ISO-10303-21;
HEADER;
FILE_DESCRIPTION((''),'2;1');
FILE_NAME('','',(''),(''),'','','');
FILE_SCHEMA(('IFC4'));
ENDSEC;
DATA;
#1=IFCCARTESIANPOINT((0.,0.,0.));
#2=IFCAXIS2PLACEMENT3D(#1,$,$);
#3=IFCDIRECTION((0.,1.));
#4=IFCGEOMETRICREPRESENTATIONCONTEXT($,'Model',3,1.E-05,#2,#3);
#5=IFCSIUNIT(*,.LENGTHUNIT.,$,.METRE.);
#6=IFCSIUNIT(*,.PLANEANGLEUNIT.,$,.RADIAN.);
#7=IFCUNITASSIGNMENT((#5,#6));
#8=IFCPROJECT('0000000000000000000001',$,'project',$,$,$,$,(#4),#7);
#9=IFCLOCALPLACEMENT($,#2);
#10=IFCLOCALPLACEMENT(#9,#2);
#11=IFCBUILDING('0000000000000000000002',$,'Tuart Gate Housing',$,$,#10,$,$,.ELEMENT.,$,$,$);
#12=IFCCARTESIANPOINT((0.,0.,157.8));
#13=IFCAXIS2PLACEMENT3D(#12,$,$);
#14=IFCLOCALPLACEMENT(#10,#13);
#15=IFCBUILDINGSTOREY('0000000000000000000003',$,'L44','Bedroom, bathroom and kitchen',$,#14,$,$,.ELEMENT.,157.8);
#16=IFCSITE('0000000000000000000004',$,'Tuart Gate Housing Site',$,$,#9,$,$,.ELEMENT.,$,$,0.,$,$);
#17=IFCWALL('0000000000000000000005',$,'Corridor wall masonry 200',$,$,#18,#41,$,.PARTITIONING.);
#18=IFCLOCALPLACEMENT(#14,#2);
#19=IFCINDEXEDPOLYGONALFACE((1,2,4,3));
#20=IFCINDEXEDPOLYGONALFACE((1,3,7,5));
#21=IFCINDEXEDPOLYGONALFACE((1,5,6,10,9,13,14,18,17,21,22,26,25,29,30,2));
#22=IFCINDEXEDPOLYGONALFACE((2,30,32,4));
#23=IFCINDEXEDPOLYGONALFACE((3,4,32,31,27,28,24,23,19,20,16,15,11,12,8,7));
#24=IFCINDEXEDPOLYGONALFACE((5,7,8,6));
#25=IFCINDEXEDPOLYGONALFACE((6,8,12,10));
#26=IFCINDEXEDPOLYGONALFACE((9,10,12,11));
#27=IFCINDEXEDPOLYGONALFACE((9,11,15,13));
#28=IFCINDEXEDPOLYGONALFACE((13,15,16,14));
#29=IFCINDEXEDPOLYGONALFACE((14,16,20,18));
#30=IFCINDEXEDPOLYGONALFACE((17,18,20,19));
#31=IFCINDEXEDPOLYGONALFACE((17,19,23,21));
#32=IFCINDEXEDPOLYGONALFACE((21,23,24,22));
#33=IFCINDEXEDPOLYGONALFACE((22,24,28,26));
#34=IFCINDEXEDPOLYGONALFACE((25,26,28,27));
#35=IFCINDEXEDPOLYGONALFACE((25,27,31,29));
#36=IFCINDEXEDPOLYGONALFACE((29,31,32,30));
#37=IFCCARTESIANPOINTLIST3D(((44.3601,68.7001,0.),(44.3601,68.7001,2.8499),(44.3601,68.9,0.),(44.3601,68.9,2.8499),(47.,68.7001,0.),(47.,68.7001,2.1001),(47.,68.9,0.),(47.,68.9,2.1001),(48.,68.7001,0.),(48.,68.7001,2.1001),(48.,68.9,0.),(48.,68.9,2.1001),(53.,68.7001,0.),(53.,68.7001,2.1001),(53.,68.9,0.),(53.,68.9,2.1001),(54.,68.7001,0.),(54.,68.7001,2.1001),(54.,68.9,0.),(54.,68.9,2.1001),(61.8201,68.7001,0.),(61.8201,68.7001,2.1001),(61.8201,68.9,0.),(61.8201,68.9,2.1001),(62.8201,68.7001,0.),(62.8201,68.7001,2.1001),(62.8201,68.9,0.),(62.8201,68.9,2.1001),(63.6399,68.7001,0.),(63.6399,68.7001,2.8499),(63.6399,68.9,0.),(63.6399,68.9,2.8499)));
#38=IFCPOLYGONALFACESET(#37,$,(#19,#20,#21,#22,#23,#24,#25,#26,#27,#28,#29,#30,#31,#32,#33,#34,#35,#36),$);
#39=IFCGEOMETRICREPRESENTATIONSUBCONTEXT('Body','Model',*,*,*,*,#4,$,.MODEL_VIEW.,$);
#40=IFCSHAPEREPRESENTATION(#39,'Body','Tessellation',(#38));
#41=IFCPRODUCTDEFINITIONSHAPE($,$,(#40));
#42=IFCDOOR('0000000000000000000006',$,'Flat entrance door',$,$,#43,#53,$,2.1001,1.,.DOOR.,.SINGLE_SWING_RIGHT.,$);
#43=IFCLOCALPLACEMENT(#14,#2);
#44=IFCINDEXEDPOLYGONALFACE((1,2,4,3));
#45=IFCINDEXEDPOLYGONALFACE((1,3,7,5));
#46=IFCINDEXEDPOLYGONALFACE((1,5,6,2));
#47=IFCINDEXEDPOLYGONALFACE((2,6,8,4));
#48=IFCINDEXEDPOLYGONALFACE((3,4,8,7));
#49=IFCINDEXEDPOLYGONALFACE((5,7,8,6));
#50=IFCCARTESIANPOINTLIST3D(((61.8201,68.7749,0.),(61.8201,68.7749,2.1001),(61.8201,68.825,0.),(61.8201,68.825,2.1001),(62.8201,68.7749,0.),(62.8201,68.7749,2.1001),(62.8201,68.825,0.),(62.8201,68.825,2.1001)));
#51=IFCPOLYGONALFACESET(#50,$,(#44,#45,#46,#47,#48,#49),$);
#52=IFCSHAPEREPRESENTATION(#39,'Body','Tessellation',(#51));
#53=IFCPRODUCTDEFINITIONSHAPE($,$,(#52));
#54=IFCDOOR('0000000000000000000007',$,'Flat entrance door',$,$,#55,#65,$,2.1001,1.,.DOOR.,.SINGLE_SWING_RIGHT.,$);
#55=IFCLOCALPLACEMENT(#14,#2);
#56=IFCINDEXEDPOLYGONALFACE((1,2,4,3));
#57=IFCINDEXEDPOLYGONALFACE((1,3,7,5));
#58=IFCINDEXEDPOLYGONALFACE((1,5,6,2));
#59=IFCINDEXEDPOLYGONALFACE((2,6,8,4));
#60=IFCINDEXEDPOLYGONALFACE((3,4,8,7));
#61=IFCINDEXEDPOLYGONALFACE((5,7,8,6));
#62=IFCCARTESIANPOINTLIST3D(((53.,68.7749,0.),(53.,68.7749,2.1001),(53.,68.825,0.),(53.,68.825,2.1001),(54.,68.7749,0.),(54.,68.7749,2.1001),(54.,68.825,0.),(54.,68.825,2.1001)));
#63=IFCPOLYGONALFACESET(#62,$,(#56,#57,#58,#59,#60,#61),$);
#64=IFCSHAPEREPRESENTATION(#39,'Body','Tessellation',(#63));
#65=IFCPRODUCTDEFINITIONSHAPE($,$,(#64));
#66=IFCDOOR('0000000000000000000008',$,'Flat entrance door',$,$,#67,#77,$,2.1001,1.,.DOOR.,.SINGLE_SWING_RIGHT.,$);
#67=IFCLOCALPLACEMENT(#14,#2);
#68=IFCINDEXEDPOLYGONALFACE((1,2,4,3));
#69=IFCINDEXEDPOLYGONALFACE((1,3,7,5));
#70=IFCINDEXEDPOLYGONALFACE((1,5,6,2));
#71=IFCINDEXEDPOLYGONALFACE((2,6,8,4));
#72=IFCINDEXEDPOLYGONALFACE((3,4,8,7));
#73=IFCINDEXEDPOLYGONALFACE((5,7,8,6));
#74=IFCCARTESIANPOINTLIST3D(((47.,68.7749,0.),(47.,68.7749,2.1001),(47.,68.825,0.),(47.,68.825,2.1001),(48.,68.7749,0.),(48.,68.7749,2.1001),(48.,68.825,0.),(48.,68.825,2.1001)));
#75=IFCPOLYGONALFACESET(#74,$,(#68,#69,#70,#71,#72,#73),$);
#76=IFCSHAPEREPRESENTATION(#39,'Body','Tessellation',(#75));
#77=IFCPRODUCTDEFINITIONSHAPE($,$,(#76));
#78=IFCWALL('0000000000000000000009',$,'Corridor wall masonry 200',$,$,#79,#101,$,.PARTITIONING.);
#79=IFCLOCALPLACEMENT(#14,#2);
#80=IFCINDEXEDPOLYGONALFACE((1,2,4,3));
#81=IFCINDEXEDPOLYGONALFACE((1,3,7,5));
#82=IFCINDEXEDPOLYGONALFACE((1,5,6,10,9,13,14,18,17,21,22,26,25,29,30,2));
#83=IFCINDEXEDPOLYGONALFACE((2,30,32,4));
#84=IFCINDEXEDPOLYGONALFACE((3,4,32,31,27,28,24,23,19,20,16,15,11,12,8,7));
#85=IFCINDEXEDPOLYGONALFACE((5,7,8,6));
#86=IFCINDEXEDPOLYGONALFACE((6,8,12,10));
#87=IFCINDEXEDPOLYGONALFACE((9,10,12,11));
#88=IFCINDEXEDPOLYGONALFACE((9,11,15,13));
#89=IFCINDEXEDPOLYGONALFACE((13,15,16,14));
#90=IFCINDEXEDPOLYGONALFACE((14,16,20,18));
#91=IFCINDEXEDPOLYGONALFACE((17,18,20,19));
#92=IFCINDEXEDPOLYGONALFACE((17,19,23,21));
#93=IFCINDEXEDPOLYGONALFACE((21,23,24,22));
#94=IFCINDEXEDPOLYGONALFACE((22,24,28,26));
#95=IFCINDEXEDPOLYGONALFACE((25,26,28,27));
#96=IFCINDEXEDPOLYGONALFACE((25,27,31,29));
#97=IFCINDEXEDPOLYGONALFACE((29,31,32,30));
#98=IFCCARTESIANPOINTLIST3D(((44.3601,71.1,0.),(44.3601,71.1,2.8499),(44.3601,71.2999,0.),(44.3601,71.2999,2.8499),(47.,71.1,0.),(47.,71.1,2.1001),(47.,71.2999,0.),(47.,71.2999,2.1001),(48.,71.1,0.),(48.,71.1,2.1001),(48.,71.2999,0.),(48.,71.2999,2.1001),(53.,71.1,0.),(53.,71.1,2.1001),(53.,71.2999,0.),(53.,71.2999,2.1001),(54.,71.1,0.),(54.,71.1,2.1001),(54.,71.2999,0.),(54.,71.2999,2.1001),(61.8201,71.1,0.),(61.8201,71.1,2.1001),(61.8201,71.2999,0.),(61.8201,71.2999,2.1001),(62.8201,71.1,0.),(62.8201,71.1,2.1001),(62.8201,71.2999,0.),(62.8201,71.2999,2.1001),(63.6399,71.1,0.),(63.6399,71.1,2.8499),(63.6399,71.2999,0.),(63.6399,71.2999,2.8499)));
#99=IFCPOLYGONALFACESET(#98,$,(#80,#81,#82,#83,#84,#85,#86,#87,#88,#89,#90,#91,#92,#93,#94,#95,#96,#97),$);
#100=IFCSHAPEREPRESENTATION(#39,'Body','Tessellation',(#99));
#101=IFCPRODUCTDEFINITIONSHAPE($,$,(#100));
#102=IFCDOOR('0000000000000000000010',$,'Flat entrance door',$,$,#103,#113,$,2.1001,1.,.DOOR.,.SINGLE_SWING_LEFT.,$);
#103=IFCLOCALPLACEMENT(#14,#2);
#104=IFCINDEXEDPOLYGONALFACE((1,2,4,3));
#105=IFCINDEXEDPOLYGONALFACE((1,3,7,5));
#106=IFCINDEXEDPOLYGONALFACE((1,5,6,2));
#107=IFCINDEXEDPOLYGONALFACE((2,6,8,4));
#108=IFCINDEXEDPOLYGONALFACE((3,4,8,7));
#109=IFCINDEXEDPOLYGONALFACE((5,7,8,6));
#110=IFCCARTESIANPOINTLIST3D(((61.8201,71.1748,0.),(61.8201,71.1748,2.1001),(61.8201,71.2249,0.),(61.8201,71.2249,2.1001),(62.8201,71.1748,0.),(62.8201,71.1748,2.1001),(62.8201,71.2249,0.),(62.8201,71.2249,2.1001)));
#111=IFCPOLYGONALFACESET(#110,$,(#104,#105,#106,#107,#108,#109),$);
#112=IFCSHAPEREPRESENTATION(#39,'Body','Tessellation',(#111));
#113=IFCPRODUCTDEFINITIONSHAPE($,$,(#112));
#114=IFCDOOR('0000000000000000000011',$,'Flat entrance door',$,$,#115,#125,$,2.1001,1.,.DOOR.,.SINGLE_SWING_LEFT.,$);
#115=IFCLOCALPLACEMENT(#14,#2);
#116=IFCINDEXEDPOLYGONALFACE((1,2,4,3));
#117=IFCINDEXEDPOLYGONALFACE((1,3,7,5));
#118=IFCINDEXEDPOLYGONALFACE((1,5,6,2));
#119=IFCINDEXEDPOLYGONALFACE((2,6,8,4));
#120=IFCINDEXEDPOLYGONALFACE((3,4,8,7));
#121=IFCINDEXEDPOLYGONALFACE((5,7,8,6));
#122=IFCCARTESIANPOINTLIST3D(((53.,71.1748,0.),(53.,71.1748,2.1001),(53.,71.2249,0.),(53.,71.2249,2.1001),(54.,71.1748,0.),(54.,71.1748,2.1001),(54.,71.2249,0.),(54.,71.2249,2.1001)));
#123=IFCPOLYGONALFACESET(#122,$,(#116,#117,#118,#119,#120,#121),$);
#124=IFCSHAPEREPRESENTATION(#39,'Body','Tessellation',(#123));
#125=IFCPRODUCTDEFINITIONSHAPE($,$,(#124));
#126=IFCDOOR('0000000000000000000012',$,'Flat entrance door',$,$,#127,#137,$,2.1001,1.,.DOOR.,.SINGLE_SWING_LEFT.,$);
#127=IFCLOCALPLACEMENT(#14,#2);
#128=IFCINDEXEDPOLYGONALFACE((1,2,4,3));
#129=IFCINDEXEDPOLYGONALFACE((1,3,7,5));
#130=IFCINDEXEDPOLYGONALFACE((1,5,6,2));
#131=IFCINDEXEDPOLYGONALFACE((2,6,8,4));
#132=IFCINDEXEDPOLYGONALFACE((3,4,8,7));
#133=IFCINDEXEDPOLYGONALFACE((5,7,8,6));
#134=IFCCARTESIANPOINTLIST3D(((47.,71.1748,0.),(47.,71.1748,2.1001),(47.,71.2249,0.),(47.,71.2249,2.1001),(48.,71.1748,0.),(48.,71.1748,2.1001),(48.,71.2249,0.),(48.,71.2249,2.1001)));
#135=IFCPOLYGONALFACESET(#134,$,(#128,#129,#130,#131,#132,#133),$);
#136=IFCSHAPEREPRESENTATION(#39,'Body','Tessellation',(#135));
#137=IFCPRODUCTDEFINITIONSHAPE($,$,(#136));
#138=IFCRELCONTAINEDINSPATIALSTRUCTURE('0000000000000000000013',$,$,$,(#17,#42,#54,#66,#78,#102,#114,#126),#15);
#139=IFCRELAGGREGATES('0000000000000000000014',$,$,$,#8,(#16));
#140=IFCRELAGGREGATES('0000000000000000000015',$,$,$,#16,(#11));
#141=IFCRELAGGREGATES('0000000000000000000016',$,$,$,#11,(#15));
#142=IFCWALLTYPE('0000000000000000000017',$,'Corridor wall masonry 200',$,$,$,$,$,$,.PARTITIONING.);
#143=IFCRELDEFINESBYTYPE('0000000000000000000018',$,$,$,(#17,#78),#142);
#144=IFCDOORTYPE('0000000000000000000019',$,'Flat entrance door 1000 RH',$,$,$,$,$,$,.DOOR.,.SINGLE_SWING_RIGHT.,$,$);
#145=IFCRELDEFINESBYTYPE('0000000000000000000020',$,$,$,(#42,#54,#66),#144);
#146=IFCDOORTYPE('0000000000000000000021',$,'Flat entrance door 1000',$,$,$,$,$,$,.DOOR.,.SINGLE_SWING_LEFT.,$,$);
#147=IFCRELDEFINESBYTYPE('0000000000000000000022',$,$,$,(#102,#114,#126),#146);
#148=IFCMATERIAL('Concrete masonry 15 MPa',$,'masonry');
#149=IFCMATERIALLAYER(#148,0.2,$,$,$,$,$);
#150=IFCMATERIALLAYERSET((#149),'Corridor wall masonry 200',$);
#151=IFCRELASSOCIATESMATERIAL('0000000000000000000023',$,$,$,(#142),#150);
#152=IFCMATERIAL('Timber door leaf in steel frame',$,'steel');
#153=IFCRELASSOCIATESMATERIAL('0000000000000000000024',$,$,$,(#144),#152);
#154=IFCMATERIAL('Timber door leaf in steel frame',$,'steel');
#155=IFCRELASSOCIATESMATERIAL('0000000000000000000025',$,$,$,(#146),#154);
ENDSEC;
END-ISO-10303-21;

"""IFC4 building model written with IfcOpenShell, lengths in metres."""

from ifc_helpers import new_model, si_unit, direction, frame, frame_2d, origin, place, context, subcontext, project, spatial, rectangle, extrude, material, layer, layer_set, type_object, element, fill, save


model = new_model("IFC4")

# Units and contexts
model_context = context("Model", 3, precision=1e-05, world=origin(), true_north=direction((0.0, 1.0)))
body_context = subcontext(model_context, "Body", "Model", "MODEL_VIEW")
ifc_project = project(units=[si_unit("LENGTHUNIT", "METRE"), si_unit("PLANEANGLEUNIT", "RADIAN")], contexts=[model_context])

# Site, building, storey
site_placement = place(None, origin())
site = spatial("IfcSite", under=ifc_project, at=site_placement, Name="Tuart Gate Housing Site", CompositionType="ELEMENT", RefElevation=0.0)
building_placement = place(site_placement, origin())
building = spatial("IfcBuilding", under=site, at=building_placement, Name="Tuart Gate Housing", CompositionType="ELEMENT")
storey_placement = place(building_placement, frame((0.0, 0.0, 157.8)))
storey = spatial("IfcBuildingStorey", under=building, at=storey_placement, Name="L44", Description="Bedroom, bathroom and kitchen", CompositionType="ELEMENT", Elevation=157.8)

# Walls, openings, doors
ifc_material_1 = material(Name="Concrete masonry 15 MPa", Category="masonry")
ifc_layer_1 = layer(ifc_material_1, 0.2)
ifc_layer_set_1 = layer_set([ifc_layer_1], Name="Corridor wall masonry 200")
wall_type_1 = type_object("IfcWallType", Name="Corridor wall masonry 200", PredefinedType="PARTITIONING", material=ifc_layer_set_1)
wall_1_placement = place(storey_placement, frame((44.3601, 68.8, 0.0), z_axis=(0.0, 0.0, 1.0), x_axis=(1.0, 0.0, 0.0)))
wall_1 = element("IfcWall", 1, at=wall_1_placement, inside=storey, type_object=wall_type_1, Name="Corridor wall masonry 200", PredefinedType="PARTITIONING", context=body_context, shape_type="SweptSolid", body=[
    extrude(rectangle(XDim=19.2798, YDim=0.2, at=frame_2d((9.6399, 0.0))), origin(), (0.0, 0.0, 1.0), 2.8499),
])
opening_1_placement = place(wall_1_placement, frame((17.46, 0.0, 0.0)))
opening_1 = element("IfcOpeningElement", 2, at=opening_1_placement, cuts=wall_1, PredefinedType="OPENING", context=body_context, shape_type="SweptSolid", body=[
    extrude(rectangle(XDim=1.0, YDim=2.1001, at=frame_2d((0.5, 1.05))), frame((0.0, 0.1099, 0.0), z_axis=(0.0, -1.0, 0.0), x_axis=(1.0, 0.0, 0.0)), (0.0, 0.0, 1.0), 0.22),
])
opening_2_placement = place(wall_1_placement, frame((8.6399, 0.0, 0.0)))
opening_2 = element("IfcOpeningElement", 3, at=opening_2_placement, cuts=wall_1, PredefinedType="OPENING", context=body_context, shape_type="SweptSolid", body=[
    extrude(rectangle(XDim=1.0, YDim=2.1001, at=frame_2d((0.5, 1.05))), frame((0.0, 0.1099, 0.0), z_axis=(0.0, -1.0, 0.0), x_axis=(1.0, 0.0, 0.0)), (0.0, 0.0, 1.0), 0.22),
])
opening_3_placement = place(wall_1_placement, frame((2.6399, 0.0, 0.0)))
opening_3 = element("IfcOpeningElement", 4, at=opening_3_placement, cuts=wall_1, PredefinedType="OPENING", context=body_context, shape_type="SweptSolid", body=[
    extrude(rectangle(XDim=1.0, YDim=2.1001, at=frame_2d((0.5, 1.05))), frame((0.0, 0.1099, 0.0), z_axis=(0.0, -1.0, 0.0), x_axis=(1.0, 0.0, 0.0)), (0.0, 0.0, 1.0), 0.22),
])
ifc_material_2 = material(Name="Timber door leaf in steel frame", Category="steel")
door_type_1 = type_object("IfcDoorType", Name="Flat entrance door 1000 RH", OperationType="SINGLE_SWING_RIGHT", PredefinedType="DOOR", material=ifc_material_2)
door_1_placement = place(opening_1_placement, frame((1.0, 0.0, 0.0), z_axis=(0.0, 0.0, 1.0), x_axis=(-1.0, 0.0, 0.0)))
door_1 = element("IfcDoor", 5, at=door_1_placement, inside=storey, type_object=door_type_1, Name="Flat entrance door", OperationType="SINGLE_SWING_RIGHT", OverallHeight=2.1001, OverallWidth=1.0, PredefinedType="DOOR", context=body_context, shape_type="SweptSolid", body=[
    extrude(rectangle(XDim=1.0, YDim=2.1001, at=frame_2d((0.5, 1.05))), frame((0.0, 0.0251, 0.0), z_axis=(0.0, -1.0, 0.0), x_axis=(1.0, 0.0, 0.0)), (0.0, 0.0, 1.0), 0.05),
])
fill(opening_1, door_1)
door_2_placement = place(opening_2_placement, frame((1.0, 0.0, 0.0), z_axis=(0.0, 0.0, 1.0), x_axis=(-1.0, 0.0, 0.0)))
door_2 = element("IfcDoor", 6, at=door_2_placement, inside=storey, type_object=door_type_1, Name="Flat entrance door", OperationType="SINGLE_SWING_RIGHT", OverallHeight=2.1001, OverallWidth=1.0, PredefinedType="DOOR", context=body_context, shape_type="SweptSolid", body=[
    extrude(rectangle(XDim=1.0, YDim=2.1001, at=frame_2d((0.5, 1.05))), frame((0.0, 0.0251, 0.0), z_axis=(0.0, -1.0, 0.0), x_axis=(1.0, 0.0, 0.0)), (0.0, 0.0, 1.0), 0.05),
])
fill(opening_2, door_2)
door_3_placement = place(opening_3_placement, frame((1.0, 0.0, 0.0), z_axis=(0.0, 0.0, 1.0), x_axis=(-1.0, 0.0, 0.0)))
door_3 = element("IfcDoor", 7, at=door_3_placement, inside=storey, type_object=door_type_1, Name="Flat entrance door", OperationType="SINGLE_SWING_RIGHT", OverallHeight=2.1001, OverallWidth=1.0, PredefinedType="DOOR", context=body_context, shape_type="SweptSolid", body=[
    extrude(rectangle(XDim=1.0, YDim=2.1001, at=frame_2d((0.5, 1.05))), frame((0.0, 0.0251, 0.0), z_axis=(0.0, -1.0, 0.0), x_axis=(1.0, 0.0, 0.0)), (0.0, 0.0, 1.0), 0.05),
])
fill(opening_3, door_3)
wall_2_placement = place(storey_placement, frame((44.3601, 71.2, 0.0), z_axis=(0.0, 0.0, 1.0), x_axis=(1.0, 0.0, 0.0)))
wall_2 = element("IfcWall", 8, at=wall_2_placement, inside=storey, type_object=wall_type_1, Name="Corridor wall masonry 200", PredefinedType="PARTITIONING", context=body_context, shape_type="SweptSolid", body=[
    extrude(rectangle(XDim=19.2798, YDim=0.2, at=frame_2d((9.6399, 0.0))), origin(), (0.0, 0.0, 1.0), 2.8499),
])
opening_4_placement = place(wall_2_placement, frame((17.46, 0.0, 0.0)))
opening_4 = element("IfcOpeningElement", 9, at=opening_4_placement, cuts=wall_2, PredefinedType="OPENING", context=body_context, shape_type="SweptSolid", body=[
    extrude(rectangle(XDim=1.0, YDim=2.1001, at=frame_2d((0.5, 1.05))), frame((0.0, 0.1099, 0.0), z_axis=(0.0, -1.0, 0.0), x_axis=(1.0, 0.0, 0.0)), (0.0, 0.0, 1.0), 0.22),
])
opening_5_placement = place(wall_2_placement, frame((8.6399, 0.0, 0.0)))
opening_5 = element("IfcOpeningElement", 10, at=opening_5_placement, cuts=wall_2, PredefinedType="OPENING", context=body_context, shape_type="SweptSolid", body=[
    extrude(rectangle(XDim=1.0, YDim=2.1001, at=frame_2d((0.5, 1.05))), frame((0.0, 0.1099, 0.0), z_axis=(0.0, -1.0, 0.0), x_axis=(1.0, 0.0, 0.0)), (0.0, 0.0, 1.0), 0.22),
])
opening_6_placement = place(wall_2_placement, frame((2.6399, 0.0, 0.0)))
opening_6 = element("IfcOpeningElement", 11, at=opening_6_placement, cuts=wall_2, PredefinedType="OPENING", context=body_context, shape_type="SweptSolid", body=[
    extrude(rectangle(XDim=1.0, YDim=2.1001, at=frame_2d((0.5, 1.05))), frame((0.0, 0.1099, 0.0), z_axis=(0.0, -1.0, 0.0), x_axis=(1.0, 0.0, 0.0)), (0.0, 0.0, 1.0), 0.22),
])
ifc_material_3 = material(Name="Timber door leaf in steel frame", Category="steel")
door_type_2 = type_object("IfcDoorType", Name="Flat entrance door 1000", OperationType="SINGLE_SWING_LEFT", PredefinedType="DOOR", material=ifc_material_3)
door_4_placement = place(opening_4_placement, origin())
door_4 = element("IfcDoor", 12, at=door_4_placement, inside=storey, type_object=door_type_2, Name="Flat entrance door", OperationType="SINGLE_SWING_LEFT", OverallHeight=2.1001, OverallWidth=1.0, PredefinedType="DOOR", context=body_context, shape_type="SweptSolid", body=[
    extrude(rectangle(XDim=1.0, YDim=2.1001, at=frame_2d((0.5, 1.05))), frame((0.0, 0.0249, 0.0), z_axis=(0.0, -1.0, 0.0), x_axis=(1.0, 0.0, 0.0)), (0.0, 0.0, 1.0), 0.05),
])
fill(opening_4, door_4)
door_5_placement = place(opening_5_placement, origin())
door_5 = element("IfcDoor", 13, at=door_5_placement, inside=storey, type_object=door_type_2, Name="Flat entrance door", OperationType="SINGLE_SWING_LEFT", OverallHeight=2.1001, OverallWidth=1.0, PredefinedType="DOOR", context=body_context, shape_type="SweptSolid", body=[
    extrude(rectangle(XDim=1.0, YDim=2.1001, at=frame_2d((0.5, 1.05))), frame((0.0, 0.0249, 0.0), z_axis=(0.0, -1.0, 0.0), x_axis=(1.0, 0.0, 0.0)), (0.0, 0.0, 1.0), 0.05),
])
fill(opening_5, door_5)
door_6_placement = place(opening_6_placement, origin())
door_6 = element("IfcDoor", 14, at=door_6_placement, inside=storey, type_object=door_type_2, Name="Flat entrance door", OperationType="SINGLE_SWING_LEFT", OverallHeight=2.1001, OverallWidth=1.0, PredefinedType="DOOR", context=body_context, shape_type="SweptSolid", body=[
    extrude(rectangle(XDim=1.0, YDim=2.1001, at=frame_2d((0.5, 1.05))), frame((0.0, 0.0249, 0.0), z_axis=(0.0, -1.0, 0.0), x_axis=(1.0, 0.0, 0.0)), (0.0, 0.0, 1.0), 0.05),
])
fill(opening_6, door_6)

save(model, "model.ifc")
